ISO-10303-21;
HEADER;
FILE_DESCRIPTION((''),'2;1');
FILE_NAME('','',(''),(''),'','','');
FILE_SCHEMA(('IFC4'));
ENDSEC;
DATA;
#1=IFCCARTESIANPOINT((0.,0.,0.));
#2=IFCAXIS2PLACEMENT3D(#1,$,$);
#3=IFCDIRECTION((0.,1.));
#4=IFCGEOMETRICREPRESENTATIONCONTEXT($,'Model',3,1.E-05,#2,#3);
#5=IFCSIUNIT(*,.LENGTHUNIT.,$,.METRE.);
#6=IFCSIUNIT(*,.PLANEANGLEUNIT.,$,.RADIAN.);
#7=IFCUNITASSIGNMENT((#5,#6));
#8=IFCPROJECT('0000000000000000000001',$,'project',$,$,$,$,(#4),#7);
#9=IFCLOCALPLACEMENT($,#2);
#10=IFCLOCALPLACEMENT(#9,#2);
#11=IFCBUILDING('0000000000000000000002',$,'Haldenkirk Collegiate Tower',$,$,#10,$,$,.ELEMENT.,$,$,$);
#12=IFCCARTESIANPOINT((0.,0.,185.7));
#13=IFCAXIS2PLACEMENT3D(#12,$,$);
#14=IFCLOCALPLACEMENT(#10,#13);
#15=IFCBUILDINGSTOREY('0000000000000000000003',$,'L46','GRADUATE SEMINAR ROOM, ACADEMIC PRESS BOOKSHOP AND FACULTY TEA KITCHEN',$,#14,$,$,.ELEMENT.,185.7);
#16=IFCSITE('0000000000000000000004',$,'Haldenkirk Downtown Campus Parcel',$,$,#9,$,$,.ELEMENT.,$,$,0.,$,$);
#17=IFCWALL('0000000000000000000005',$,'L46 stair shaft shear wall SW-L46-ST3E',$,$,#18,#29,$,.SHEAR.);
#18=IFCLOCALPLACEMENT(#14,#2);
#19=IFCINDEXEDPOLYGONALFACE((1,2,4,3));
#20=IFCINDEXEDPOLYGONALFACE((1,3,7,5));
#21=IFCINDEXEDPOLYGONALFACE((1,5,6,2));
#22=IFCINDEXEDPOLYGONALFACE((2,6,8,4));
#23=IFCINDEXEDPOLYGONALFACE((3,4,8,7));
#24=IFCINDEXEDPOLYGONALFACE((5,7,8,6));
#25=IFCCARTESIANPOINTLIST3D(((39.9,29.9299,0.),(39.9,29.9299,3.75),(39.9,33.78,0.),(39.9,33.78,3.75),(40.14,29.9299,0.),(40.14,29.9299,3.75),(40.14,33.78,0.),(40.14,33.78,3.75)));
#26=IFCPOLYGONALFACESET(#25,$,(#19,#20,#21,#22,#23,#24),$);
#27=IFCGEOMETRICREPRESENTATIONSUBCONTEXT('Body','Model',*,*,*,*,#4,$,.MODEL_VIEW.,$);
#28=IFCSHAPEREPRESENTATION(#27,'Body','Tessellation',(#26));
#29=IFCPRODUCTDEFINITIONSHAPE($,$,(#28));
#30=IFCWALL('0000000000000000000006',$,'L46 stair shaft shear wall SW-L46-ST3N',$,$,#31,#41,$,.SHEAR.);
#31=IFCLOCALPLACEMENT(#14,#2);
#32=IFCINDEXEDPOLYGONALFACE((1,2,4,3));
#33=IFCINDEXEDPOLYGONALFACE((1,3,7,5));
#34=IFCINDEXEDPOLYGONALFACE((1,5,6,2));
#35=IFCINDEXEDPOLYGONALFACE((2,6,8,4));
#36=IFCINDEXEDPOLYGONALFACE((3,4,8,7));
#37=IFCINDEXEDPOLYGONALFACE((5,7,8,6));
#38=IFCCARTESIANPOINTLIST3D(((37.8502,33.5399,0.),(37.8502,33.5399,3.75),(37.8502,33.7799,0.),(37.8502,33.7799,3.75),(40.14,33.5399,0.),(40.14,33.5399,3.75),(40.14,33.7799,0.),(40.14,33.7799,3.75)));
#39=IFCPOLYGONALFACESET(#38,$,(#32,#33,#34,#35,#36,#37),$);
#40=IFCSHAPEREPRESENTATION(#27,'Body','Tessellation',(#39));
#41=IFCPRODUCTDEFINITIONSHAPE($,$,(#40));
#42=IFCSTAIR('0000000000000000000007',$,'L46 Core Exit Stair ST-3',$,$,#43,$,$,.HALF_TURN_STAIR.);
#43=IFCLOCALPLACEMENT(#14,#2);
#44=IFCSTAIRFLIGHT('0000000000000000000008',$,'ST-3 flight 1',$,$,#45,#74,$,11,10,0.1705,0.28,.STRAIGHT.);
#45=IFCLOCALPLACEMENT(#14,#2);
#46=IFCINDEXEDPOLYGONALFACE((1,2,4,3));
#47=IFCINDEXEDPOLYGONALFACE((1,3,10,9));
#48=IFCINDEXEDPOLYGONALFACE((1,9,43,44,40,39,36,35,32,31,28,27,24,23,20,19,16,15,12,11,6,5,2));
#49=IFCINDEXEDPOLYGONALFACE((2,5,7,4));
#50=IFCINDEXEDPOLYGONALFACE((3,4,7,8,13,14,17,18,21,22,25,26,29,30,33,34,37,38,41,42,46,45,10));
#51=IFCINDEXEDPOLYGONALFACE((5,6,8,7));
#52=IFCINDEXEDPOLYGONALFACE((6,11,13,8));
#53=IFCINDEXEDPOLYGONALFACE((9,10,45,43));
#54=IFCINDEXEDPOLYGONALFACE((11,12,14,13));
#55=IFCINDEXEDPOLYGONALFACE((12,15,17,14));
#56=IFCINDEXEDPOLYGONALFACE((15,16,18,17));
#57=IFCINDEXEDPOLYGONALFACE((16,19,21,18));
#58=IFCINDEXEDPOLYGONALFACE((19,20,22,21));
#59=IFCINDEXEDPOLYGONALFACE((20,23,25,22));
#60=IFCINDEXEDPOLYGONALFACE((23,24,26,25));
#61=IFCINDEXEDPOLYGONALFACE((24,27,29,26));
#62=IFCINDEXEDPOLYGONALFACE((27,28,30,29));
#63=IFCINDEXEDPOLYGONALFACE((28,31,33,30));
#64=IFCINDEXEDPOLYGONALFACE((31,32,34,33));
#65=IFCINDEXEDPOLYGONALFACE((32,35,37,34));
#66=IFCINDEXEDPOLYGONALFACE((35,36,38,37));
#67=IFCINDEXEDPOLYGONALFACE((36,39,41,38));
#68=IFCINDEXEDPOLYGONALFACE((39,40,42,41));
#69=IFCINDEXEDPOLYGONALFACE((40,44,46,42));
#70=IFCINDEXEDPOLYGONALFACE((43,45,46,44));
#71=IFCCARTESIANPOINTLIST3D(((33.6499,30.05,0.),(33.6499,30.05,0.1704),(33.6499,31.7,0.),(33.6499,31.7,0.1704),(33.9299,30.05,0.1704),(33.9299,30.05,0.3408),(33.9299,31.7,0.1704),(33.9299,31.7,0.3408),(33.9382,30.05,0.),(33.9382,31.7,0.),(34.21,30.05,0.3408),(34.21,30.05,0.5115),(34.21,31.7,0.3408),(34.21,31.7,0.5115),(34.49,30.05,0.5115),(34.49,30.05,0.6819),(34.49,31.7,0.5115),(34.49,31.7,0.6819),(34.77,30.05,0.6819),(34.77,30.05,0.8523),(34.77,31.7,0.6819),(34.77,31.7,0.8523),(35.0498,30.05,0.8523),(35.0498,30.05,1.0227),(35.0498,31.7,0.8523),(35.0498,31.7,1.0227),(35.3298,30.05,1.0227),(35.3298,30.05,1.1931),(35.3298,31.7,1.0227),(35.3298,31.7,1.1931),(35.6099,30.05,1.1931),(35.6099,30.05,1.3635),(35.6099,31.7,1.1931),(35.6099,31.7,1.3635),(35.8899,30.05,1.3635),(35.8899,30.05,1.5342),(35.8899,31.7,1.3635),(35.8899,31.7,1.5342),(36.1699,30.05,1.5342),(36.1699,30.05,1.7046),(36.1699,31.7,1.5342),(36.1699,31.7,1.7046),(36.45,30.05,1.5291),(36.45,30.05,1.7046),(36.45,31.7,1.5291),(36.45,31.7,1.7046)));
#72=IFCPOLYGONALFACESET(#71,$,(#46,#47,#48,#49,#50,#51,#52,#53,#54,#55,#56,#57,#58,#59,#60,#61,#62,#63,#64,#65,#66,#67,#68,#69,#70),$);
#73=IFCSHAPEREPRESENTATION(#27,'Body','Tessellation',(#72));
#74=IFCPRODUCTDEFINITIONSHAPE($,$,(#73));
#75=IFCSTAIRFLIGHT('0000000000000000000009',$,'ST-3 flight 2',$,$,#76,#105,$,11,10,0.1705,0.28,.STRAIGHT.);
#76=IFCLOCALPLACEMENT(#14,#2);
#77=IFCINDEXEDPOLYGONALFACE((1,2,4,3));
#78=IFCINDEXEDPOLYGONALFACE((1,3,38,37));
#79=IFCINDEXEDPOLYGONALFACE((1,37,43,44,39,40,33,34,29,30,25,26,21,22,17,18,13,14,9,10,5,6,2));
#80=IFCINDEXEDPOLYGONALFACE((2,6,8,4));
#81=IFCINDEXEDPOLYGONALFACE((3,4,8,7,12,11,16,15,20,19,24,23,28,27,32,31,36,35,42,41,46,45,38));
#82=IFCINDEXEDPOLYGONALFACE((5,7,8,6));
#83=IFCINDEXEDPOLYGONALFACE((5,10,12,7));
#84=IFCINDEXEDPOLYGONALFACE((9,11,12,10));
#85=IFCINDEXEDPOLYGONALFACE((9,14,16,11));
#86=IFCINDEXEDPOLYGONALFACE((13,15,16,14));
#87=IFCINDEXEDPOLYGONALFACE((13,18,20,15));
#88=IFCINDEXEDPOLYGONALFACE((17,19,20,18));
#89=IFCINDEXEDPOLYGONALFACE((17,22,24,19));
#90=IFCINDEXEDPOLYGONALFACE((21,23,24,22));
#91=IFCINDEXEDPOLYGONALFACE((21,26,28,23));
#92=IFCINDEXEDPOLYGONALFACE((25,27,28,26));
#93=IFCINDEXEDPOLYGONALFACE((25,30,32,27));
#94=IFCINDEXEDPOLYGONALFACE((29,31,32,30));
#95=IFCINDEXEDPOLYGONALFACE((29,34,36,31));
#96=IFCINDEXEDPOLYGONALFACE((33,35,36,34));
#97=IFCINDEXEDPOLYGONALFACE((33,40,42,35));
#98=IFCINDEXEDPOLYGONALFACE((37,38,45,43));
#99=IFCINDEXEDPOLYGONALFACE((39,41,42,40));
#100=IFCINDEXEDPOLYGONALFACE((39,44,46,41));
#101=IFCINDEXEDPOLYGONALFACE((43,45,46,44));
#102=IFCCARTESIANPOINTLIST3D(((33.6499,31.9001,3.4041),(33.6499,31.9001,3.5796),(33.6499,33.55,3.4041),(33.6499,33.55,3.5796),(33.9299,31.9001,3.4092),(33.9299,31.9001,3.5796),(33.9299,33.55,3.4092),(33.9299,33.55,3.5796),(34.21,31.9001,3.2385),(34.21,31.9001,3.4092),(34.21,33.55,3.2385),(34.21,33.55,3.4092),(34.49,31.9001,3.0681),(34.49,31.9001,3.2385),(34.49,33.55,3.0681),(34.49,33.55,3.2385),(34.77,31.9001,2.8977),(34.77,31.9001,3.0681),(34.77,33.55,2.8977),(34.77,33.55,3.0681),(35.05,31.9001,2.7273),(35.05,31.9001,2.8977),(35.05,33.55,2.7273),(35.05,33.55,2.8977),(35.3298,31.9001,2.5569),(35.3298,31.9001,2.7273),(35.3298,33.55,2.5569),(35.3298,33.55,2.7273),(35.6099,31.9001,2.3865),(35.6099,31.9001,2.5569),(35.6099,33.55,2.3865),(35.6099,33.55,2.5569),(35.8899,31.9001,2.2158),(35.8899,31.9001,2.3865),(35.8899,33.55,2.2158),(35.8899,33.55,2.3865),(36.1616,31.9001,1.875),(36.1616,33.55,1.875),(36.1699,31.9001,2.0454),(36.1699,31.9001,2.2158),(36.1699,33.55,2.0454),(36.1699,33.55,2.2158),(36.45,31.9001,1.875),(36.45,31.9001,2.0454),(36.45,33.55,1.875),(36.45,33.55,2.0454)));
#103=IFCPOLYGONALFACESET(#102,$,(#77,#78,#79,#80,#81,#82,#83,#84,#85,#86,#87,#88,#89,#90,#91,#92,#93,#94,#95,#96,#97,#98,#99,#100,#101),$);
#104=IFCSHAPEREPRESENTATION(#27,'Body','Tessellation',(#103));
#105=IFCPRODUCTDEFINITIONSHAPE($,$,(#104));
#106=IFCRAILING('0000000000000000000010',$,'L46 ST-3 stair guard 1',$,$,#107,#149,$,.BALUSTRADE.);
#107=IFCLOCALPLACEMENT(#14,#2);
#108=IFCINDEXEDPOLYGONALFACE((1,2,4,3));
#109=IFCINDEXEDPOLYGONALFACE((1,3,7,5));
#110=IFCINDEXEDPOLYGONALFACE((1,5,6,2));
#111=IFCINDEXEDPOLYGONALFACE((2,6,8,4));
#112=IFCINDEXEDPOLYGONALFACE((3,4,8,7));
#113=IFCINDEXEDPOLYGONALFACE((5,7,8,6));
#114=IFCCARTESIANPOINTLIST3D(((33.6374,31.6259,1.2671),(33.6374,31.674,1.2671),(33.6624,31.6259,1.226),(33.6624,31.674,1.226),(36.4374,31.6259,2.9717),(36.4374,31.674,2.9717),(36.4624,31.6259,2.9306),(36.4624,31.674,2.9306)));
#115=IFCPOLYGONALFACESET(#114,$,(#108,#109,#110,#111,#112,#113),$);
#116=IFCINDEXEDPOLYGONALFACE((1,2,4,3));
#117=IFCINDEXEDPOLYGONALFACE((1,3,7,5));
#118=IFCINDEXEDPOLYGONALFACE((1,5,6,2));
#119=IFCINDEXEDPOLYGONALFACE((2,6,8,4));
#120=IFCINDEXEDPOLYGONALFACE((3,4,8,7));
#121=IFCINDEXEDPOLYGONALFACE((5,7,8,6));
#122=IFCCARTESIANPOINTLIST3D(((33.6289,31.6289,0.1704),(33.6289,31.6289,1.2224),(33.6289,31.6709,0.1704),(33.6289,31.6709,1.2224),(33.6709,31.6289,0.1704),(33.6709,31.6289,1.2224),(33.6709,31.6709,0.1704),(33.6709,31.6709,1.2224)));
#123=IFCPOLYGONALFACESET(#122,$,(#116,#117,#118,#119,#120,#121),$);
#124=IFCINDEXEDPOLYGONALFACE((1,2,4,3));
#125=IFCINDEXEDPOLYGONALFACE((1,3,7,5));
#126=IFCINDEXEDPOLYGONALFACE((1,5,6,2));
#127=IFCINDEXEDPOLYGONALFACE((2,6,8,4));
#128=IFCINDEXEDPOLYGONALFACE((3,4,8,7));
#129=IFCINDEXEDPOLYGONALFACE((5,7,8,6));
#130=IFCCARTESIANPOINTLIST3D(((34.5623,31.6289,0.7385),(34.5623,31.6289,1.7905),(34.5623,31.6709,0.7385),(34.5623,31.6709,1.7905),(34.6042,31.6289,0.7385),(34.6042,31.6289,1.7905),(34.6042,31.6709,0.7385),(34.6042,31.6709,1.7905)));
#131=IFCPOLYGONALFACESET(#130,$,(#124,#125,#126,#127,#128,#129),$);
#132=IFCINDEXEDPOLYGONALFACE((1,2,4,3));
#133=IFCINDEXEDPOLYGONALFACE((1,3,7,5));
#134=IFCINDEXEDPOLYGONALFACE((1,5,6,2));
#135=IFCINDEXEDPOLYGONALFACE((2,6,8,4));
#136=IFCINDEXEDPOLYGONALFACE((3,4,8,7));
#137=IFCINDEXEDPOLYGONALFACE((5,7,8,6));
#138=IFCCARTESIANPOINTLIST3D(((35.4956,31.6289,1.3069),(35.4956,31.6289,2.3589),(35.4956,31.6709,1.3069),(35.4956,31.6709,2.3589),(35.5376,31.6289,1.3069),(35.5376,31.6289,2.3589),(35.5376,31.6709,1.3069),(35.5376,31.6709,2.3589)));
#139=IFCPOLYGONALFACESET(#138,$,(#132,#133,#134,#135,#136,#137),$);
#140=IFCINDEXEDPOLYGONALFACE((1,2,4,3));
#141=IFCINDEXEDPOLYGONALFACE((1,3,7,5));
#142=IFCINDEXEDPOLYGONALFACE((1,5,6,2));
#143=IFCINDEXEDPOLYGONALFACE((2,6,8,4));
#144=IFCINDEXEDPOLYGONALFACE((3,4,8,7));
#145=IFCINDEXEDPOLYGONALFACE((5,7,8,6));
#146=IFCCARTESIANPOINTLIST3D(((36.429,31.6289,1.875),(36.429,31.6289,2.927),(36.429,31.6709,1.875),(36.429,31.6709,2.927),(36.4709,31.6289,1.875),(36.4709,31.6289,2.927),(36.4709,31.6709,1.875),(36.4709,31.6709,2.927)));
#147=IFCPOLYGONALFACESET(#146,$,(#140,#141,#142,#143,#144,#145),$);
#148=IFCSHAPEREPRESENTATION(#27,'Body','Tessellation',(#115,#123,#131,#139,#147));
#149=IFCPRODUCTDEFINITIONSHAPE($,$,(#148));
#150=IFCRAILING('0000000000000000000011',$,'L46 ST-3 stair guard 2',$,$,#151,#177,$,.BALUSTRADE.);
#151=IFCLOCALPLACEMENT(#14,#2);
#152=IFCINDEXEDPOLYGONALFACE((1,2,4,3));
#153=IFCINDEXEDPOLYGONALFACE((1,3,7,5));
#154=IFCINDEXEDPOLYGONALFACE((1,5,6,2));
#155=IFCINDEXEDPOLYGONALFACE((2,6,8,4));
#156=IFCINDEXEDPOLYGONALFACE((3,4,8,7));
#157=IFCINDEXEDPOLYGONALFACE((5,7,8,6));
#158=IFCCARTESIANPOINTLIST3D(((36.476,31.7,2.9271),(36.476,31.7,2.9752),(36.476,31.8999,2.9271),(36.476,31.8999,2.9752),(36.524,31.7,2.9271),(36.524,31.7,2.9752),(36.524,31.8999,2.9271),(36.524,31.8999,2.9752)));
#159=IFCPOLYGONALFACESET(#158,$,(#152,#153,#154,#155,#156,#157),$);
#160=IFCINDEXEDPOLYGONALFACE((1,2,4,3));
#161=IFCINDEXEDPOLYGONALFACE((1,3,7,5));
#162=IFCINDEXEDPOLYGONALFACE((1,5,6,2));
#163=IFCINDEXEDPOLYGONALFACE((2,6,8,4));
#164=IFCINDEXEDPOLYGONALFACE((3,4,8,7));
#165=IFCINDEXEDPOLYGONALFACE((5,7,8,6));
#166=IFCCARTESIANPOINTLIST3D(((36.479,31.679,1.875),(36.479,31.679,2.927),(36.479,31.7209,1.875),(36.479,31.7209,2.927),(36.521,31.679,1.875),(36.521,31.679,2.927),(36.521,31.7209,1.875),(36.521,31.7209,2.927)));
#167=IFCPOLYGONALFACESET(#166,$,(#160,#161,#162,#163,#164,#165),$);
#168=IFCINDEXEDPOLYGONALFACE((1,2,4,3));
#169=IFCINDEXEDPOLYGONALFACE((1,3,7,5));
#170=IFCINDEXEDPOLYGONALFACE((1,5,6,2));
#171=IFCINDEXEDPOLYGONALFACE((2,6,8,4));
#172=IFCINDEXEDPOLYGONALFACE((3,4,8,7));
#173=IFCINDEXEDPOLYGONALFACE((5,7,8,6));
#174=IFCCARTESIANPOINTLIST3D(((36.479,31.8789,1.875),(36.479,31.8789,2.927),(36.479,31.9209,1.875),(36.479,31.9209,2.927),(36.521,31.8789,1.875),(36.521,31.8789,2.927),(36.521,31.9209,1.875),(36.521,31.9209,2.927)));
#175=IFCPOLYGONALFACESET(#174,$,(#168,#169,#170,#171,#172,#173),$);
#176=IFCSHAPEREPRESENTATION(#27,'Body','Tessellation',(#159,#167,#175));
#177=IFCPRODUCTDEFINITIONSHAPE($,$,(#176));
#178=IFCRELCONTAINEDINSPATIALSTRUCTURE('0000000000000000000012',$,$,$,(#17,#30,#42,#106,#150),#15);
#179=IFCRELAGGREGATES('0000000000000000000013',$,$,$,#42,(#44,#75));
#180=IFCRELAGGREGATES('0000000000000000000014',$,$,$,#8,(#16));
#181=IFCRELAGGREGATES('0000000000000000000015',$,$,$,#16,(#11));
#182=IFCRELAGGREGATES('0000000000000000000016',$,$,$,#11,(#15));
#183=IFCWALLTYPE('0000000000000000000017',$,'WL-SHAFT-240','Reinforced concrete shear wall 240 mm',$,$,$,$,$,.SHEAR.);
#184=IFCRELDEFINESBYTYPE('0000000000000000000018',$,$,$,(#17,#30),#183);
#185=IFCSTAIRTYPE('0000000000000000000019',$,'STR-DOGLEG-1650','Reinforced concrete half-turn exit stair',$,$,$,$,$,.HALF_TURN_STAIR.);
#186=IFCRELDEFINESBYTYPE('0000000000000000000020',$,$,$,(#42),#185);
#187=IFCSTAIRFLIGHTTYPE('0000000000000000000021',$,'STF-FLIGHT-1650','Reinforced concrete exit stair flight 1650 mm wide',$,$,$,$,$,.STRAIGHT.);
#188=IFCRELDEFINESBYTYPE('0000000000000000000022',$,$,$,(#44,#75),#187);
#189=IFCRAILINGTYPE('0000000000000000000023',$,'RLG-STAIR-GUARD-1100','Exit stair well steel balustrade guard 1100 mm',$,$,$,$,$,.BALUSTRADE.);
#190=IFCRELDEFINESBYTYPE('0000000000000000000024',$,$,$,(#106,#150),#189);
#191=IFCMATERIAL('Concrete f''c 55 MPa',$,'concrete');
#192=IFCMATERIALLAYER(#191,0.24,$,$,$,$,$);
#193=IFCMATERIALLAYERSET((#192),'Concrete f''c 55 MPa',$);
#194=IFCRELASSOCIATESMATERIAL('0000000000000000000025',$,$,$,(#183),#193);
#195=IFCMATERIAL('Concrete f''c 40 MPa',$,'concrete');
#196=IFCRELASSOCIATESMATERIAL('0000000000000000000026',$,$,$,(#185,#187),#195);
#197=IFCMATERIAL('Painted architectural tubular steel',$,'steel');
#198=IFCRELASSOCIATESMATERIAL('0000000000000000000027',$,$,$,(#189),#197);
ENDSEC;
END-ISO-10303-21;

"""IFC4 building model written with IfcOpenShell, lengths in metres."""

from ifc_helpers import new_model, si_unit, direction, frame, frame_2d, origin, origin_2d, place, context, subcontext, project, spatial, polyline, rectangle, outline, extrude, material, layer, layer_set, type_object, element, aggregate, save


model = new_model("IFC4")

# Units and contexts
model_context = context("Model", 3, precision=1e-05, world=origin(), true_north=direction((0.0, 1.0)))
body_context = subcontext(model_context, "Body", "Model", "MODEL_VIEW")
ifc_project = project(units=[si_unit("LENGTHUNIT", "METRE"), si_unit("PLANEANGLEUNIT", "RADIAN")], contexts=[model_context])

# Site, building, storey
site_placement = place(None, origin())
site = spatial("IfcSite", under=ifc_project, at=site_placement, Name="Haldenkirk Downtown Campus Parcel", CompositionType="ELEMENT", RefElevation=0.0)
building_placement = place(site_placement, origin())
building = spatial("IfcBuilding", under=site, at=building_placement, Name="Haldenkirk Collegiate Tower", CompositionType="ELEMENT")
storey_placement = place(building_placement, frame((0.0, 0.0, 185.7)))
storey = spatial("IfcBuildingStorey", under=building, at=storey_placement, Name="L46", Description="GRADUATE SEMINAR ROOM, ACADEMIC PRESS BOOKSHOP AND FACULTY TEA KITCHEN", CompositionType="ELEMENT", Elevation=185.7)

# Walls
ifc_material_1 = material(Name="Concrete f'c 55 MPa", Category="concrete")
ifc_layer_1 = layer(ifc_material_1, 0.24)
ifc_layer_set_1 = layer_set([ifc_layer_1], Name="Concrete f'c 55 MPa")
wall_type_1 = type_object("IfcWallType", Name="WL-SHAFT-240", Description="Reinforced concrete shear wall 240 mm", PredefinedType="SHEAR", material=ifc_layer_set_1)
wall_1_placement = place(storey_placement, frame((40.02, 29.9299, 0.0), z_axis=(0.0, 0.0, 1.0), x_axis=(0.0, 1.0, 0.0)))
element("IfcWall", 1, at=wall_1_placement, inside=storey, type_object=wall_type_1, Name="L46 stair shaft shear wall SW-L46-ST3E", PredefinedType="SHEAR", context=body_context, shape_type="SweptSolid", body=[
    extrude(rectangle(XDim=3.8501, YDim=0.24, at=frame_2d((1.925, 0.0))), origin(), (0.0, 0.0, 1.0), 3.75),
])
wall_2_placement = place(storey_placement, frame((37.8501, 33.6599, 0.0), z_axis=(0.0, 0.0, 1.0), x_axis=(1.0, 0.0, 0.0)))
element("IfcWall", 2, at=wall_2_placement, inside=storey, type_object=wall_type_1, Name="L46 stair shaft shear wall SW-L46-ST3N", PredefinedType="SHEAR", context=body_context, shape_type="SweptSolid", body=[
    extrude(rectangle(XDim=2.2898, YDim=0.24, at=frame_2d((1.145, 0.0))), origin(), (0.0, 0.0, 1.0), 3.75),
])

# Stair, stair flights
ifc_material_2 = material(Name="Concrete f'c 40 MPa", Category="concrete")
stair_type = type_object("IfcStairType", Name="STR-DOGLEG-1650", Description="Reinforced concrete half-turn exit stair", PredefinedType="HALF_TURN_STAIR", material=ifc_material_2)
stair_placement = place(storey_placement, origin())
stair = element("IfcStair", 3, at=stair_placement, inside=storey, type_object=stair_type, Name="L46 Core Exit Stair ST-3", PredefinedType="HALF_TURN_STAIR")
stair_flight_type = type_object("IfcStairFlightType", Name="STF-FLIGHT-1650", Description="Reinforced concrete exit stair flight 1650 mm wide", PredefinedType="STRAIGHT", material=ifc_material_2)
stair_flight_1_placement = place(storey_placement, frame((33.6499, 30.875, 0.0), z_axis=(0.0, 0.0, 1.0), x_axis=(1.0, 0.0, 0.0)))
stair_flight_1 = element("IfcStairFlight", 4, at=stair_flight_1_placement, type_object=stair_flight_type, Name="ST-3 flight 1", NumberOfRisers=11, NumberOfTreads=10, PredefinedType="STRAIGHT", RiserHeight=0.1705, TreadLength=0.28, context=body_context, shape_type="SweptSolid", body=[
    extrude(outline(polyline([(0.0, 0.0), (0.0, 0.1704), (0.28, 0.1704), (0.28, 0.3408), (0.5601, 0.3408), (0.5601, 0.5115), (0.8401, 0.5115), (0.8401, 0.6819), (1.1201, 0.6819), (1.1201, 0.8523), (1.3999, 0.8523), (1.3999, 1.0227), (1.6799, 1.0227), (1.6799, 1.1931), (1.96, 1.1931), (1.96, 1.3635), (2.24, 1.3635), (2.24, 1.5342), (2.52, 1.5342), (2.52, 1.7046), (2.8, 1.7046), (2.8, 1.875), (2.8, 1.5291), (0.2883, 0.0), (0.0, 0.0)])), frame((0.0, 0.825, 0.0), z_axis=(0.0, -1.0, 0.0), x_axis=(1.0, 0.0, 0.0)), (0.0, 0.0, 1.0), 1.6499),
])
stair_flight_2_placement = place(storey_placement, frame((36.45, 32.7251, 1.875), z_axis=(0.0, 0.0, 1.0), x_axis=(-1.0, 0.0, 0.0)))
stair_flight_2 = element("IfcStairFlight", 5, at=stair_flight_2_placement, type_object=stair_flight_type, Name="ST-3 flight 2", NumberOfRisers=11, NumberOfTreads=10, PredefinedType="STRAIGHT", RiserHeight=0.1705, TreadLength=0.28, context=body_context, shape_type="SweptSolid", body=[
    extrude(outline(polyline([(0.0, 0.0), (0.0, 0.1704), (0.28, 0.1704), (0.28, 0.3408), (0.5601, 0.3408), (0.5601, 0.5115), (0.8401, 0.5115), (0.8401, 0.6819), (1.1201, 0.6819), (1.1201, 0.8523), (1.3999, 0.8523), (1.3999, 1.0227), (1.6799, 1.0227), (1.6799, 1.1931), (1.96, 1.1931), (1.96, 1.3635), (2.24, 1.3635), (2.24, 1.5342), (2.52, 1.5342), (2.52, 1.7046), (2.8, 1.7046), (2.8, 1.875), (2.8, 1.5291), (0.2883, 0.0), (0.0, 0.0)])), frame((0.0, 0.825, 0.0), z_axis=(0.0, -1.0, 0.0), x_axis=(1.0, 0.0, 0.0)), (0.0, 0.0, 1.0), 1.6499),
])
aggregate(stair, [stair_flight_1, stair_flight_2])

# Railings
ifc_material_3 = material(Name="Painted architectural tubular steel", Category="steel")
railing_type_1 = type_object("IfcRailingType", Name="RLG-STAIR-GUARD-1100", Description="Exit stair well steel balustrade guard 1100 mm", PredefinedType="BALUSTRADE", material=ifc_material_3)
railing_1_placement = place(storey_placement, frame((33.6499, 31.6499, 0.1704)))
element("IfcRailing", 6, at=railing_1_placement, inside=storey, type_object=railing_type_1, Name="L46 ST-3 stair guard 1", PredefinedType="BALUSTRADE", context=body_context, shape_type="SweptSolid", body=[
    extrude(rectangle(XDim=0.0481, YDim=0.0481, at=origin_2d()), frame((0.0, 0.0, 1.0762), z_axis=(0.85417, 0.0, 0.519994), x_axis=(0.0, 1.0, 0.0)), (0.0, 0.0, 1.0), 3.2781),
    extrude(rectangle(XDim=0.042, YDim=0.042, at=origin_2d()), origin(), (0.0, 0.0, 1.0), 1.052),
    extrude(rectangle(XDim=0.042, YDim=0.042, at=origin_2d()), frame((0.9333, 0.0, 0.5681)), (0.0, 0.0, 1.0), 1.052),
    extrude(rectangle(XDim=0.042, YDim=0.042, at=origin_2d()), frame((1.8667, 0.0, 1.1365)), (0.0, 0.0, 1.0), 1.052),
    extrude(rectangle(XDim=0.042, YDim=0.042, at=origin_2d()), frame((2.8, 0.0, 1.7046)), (0.0, 0.0, 1.0), 1.052),
])
railing_2_placement = place(storey_placement, frame((36.5, 31.7, 1.875)))
element("IfcRailing", 7, at=railing_2_placement, inside=storey, type_object=railing_type_1, Name="L46 ST-3 stair guard 2", PredefinedType="BALUSTRADE", context=body_context, shape_type="SweptSolid", body=[
    extrude(rectangle(XDim=0.0481, YDim=0.0481, at=origin_2d()), frame((0.0, 0.0, 1.0762), z_axis=(0.0, 1.0, 0.0), x_axis=(-1.0, 0.0, 0.0)), (0.0, 0.0, 1.0), 0.2),
    extrude(rectangle(XDim=0.042, YDim=0.042, at=origin_2d()), origin(), (0.0, 0.0, 1.0), 1.052),
    extrude(rectangle(XDim=0.042, YDim=0.042, at=origin_2d()), frame((0.0, 0.2, 0.0)), (0.0, 0.0, 1.0), 1.052),
])

save(model, "model.ifc")
